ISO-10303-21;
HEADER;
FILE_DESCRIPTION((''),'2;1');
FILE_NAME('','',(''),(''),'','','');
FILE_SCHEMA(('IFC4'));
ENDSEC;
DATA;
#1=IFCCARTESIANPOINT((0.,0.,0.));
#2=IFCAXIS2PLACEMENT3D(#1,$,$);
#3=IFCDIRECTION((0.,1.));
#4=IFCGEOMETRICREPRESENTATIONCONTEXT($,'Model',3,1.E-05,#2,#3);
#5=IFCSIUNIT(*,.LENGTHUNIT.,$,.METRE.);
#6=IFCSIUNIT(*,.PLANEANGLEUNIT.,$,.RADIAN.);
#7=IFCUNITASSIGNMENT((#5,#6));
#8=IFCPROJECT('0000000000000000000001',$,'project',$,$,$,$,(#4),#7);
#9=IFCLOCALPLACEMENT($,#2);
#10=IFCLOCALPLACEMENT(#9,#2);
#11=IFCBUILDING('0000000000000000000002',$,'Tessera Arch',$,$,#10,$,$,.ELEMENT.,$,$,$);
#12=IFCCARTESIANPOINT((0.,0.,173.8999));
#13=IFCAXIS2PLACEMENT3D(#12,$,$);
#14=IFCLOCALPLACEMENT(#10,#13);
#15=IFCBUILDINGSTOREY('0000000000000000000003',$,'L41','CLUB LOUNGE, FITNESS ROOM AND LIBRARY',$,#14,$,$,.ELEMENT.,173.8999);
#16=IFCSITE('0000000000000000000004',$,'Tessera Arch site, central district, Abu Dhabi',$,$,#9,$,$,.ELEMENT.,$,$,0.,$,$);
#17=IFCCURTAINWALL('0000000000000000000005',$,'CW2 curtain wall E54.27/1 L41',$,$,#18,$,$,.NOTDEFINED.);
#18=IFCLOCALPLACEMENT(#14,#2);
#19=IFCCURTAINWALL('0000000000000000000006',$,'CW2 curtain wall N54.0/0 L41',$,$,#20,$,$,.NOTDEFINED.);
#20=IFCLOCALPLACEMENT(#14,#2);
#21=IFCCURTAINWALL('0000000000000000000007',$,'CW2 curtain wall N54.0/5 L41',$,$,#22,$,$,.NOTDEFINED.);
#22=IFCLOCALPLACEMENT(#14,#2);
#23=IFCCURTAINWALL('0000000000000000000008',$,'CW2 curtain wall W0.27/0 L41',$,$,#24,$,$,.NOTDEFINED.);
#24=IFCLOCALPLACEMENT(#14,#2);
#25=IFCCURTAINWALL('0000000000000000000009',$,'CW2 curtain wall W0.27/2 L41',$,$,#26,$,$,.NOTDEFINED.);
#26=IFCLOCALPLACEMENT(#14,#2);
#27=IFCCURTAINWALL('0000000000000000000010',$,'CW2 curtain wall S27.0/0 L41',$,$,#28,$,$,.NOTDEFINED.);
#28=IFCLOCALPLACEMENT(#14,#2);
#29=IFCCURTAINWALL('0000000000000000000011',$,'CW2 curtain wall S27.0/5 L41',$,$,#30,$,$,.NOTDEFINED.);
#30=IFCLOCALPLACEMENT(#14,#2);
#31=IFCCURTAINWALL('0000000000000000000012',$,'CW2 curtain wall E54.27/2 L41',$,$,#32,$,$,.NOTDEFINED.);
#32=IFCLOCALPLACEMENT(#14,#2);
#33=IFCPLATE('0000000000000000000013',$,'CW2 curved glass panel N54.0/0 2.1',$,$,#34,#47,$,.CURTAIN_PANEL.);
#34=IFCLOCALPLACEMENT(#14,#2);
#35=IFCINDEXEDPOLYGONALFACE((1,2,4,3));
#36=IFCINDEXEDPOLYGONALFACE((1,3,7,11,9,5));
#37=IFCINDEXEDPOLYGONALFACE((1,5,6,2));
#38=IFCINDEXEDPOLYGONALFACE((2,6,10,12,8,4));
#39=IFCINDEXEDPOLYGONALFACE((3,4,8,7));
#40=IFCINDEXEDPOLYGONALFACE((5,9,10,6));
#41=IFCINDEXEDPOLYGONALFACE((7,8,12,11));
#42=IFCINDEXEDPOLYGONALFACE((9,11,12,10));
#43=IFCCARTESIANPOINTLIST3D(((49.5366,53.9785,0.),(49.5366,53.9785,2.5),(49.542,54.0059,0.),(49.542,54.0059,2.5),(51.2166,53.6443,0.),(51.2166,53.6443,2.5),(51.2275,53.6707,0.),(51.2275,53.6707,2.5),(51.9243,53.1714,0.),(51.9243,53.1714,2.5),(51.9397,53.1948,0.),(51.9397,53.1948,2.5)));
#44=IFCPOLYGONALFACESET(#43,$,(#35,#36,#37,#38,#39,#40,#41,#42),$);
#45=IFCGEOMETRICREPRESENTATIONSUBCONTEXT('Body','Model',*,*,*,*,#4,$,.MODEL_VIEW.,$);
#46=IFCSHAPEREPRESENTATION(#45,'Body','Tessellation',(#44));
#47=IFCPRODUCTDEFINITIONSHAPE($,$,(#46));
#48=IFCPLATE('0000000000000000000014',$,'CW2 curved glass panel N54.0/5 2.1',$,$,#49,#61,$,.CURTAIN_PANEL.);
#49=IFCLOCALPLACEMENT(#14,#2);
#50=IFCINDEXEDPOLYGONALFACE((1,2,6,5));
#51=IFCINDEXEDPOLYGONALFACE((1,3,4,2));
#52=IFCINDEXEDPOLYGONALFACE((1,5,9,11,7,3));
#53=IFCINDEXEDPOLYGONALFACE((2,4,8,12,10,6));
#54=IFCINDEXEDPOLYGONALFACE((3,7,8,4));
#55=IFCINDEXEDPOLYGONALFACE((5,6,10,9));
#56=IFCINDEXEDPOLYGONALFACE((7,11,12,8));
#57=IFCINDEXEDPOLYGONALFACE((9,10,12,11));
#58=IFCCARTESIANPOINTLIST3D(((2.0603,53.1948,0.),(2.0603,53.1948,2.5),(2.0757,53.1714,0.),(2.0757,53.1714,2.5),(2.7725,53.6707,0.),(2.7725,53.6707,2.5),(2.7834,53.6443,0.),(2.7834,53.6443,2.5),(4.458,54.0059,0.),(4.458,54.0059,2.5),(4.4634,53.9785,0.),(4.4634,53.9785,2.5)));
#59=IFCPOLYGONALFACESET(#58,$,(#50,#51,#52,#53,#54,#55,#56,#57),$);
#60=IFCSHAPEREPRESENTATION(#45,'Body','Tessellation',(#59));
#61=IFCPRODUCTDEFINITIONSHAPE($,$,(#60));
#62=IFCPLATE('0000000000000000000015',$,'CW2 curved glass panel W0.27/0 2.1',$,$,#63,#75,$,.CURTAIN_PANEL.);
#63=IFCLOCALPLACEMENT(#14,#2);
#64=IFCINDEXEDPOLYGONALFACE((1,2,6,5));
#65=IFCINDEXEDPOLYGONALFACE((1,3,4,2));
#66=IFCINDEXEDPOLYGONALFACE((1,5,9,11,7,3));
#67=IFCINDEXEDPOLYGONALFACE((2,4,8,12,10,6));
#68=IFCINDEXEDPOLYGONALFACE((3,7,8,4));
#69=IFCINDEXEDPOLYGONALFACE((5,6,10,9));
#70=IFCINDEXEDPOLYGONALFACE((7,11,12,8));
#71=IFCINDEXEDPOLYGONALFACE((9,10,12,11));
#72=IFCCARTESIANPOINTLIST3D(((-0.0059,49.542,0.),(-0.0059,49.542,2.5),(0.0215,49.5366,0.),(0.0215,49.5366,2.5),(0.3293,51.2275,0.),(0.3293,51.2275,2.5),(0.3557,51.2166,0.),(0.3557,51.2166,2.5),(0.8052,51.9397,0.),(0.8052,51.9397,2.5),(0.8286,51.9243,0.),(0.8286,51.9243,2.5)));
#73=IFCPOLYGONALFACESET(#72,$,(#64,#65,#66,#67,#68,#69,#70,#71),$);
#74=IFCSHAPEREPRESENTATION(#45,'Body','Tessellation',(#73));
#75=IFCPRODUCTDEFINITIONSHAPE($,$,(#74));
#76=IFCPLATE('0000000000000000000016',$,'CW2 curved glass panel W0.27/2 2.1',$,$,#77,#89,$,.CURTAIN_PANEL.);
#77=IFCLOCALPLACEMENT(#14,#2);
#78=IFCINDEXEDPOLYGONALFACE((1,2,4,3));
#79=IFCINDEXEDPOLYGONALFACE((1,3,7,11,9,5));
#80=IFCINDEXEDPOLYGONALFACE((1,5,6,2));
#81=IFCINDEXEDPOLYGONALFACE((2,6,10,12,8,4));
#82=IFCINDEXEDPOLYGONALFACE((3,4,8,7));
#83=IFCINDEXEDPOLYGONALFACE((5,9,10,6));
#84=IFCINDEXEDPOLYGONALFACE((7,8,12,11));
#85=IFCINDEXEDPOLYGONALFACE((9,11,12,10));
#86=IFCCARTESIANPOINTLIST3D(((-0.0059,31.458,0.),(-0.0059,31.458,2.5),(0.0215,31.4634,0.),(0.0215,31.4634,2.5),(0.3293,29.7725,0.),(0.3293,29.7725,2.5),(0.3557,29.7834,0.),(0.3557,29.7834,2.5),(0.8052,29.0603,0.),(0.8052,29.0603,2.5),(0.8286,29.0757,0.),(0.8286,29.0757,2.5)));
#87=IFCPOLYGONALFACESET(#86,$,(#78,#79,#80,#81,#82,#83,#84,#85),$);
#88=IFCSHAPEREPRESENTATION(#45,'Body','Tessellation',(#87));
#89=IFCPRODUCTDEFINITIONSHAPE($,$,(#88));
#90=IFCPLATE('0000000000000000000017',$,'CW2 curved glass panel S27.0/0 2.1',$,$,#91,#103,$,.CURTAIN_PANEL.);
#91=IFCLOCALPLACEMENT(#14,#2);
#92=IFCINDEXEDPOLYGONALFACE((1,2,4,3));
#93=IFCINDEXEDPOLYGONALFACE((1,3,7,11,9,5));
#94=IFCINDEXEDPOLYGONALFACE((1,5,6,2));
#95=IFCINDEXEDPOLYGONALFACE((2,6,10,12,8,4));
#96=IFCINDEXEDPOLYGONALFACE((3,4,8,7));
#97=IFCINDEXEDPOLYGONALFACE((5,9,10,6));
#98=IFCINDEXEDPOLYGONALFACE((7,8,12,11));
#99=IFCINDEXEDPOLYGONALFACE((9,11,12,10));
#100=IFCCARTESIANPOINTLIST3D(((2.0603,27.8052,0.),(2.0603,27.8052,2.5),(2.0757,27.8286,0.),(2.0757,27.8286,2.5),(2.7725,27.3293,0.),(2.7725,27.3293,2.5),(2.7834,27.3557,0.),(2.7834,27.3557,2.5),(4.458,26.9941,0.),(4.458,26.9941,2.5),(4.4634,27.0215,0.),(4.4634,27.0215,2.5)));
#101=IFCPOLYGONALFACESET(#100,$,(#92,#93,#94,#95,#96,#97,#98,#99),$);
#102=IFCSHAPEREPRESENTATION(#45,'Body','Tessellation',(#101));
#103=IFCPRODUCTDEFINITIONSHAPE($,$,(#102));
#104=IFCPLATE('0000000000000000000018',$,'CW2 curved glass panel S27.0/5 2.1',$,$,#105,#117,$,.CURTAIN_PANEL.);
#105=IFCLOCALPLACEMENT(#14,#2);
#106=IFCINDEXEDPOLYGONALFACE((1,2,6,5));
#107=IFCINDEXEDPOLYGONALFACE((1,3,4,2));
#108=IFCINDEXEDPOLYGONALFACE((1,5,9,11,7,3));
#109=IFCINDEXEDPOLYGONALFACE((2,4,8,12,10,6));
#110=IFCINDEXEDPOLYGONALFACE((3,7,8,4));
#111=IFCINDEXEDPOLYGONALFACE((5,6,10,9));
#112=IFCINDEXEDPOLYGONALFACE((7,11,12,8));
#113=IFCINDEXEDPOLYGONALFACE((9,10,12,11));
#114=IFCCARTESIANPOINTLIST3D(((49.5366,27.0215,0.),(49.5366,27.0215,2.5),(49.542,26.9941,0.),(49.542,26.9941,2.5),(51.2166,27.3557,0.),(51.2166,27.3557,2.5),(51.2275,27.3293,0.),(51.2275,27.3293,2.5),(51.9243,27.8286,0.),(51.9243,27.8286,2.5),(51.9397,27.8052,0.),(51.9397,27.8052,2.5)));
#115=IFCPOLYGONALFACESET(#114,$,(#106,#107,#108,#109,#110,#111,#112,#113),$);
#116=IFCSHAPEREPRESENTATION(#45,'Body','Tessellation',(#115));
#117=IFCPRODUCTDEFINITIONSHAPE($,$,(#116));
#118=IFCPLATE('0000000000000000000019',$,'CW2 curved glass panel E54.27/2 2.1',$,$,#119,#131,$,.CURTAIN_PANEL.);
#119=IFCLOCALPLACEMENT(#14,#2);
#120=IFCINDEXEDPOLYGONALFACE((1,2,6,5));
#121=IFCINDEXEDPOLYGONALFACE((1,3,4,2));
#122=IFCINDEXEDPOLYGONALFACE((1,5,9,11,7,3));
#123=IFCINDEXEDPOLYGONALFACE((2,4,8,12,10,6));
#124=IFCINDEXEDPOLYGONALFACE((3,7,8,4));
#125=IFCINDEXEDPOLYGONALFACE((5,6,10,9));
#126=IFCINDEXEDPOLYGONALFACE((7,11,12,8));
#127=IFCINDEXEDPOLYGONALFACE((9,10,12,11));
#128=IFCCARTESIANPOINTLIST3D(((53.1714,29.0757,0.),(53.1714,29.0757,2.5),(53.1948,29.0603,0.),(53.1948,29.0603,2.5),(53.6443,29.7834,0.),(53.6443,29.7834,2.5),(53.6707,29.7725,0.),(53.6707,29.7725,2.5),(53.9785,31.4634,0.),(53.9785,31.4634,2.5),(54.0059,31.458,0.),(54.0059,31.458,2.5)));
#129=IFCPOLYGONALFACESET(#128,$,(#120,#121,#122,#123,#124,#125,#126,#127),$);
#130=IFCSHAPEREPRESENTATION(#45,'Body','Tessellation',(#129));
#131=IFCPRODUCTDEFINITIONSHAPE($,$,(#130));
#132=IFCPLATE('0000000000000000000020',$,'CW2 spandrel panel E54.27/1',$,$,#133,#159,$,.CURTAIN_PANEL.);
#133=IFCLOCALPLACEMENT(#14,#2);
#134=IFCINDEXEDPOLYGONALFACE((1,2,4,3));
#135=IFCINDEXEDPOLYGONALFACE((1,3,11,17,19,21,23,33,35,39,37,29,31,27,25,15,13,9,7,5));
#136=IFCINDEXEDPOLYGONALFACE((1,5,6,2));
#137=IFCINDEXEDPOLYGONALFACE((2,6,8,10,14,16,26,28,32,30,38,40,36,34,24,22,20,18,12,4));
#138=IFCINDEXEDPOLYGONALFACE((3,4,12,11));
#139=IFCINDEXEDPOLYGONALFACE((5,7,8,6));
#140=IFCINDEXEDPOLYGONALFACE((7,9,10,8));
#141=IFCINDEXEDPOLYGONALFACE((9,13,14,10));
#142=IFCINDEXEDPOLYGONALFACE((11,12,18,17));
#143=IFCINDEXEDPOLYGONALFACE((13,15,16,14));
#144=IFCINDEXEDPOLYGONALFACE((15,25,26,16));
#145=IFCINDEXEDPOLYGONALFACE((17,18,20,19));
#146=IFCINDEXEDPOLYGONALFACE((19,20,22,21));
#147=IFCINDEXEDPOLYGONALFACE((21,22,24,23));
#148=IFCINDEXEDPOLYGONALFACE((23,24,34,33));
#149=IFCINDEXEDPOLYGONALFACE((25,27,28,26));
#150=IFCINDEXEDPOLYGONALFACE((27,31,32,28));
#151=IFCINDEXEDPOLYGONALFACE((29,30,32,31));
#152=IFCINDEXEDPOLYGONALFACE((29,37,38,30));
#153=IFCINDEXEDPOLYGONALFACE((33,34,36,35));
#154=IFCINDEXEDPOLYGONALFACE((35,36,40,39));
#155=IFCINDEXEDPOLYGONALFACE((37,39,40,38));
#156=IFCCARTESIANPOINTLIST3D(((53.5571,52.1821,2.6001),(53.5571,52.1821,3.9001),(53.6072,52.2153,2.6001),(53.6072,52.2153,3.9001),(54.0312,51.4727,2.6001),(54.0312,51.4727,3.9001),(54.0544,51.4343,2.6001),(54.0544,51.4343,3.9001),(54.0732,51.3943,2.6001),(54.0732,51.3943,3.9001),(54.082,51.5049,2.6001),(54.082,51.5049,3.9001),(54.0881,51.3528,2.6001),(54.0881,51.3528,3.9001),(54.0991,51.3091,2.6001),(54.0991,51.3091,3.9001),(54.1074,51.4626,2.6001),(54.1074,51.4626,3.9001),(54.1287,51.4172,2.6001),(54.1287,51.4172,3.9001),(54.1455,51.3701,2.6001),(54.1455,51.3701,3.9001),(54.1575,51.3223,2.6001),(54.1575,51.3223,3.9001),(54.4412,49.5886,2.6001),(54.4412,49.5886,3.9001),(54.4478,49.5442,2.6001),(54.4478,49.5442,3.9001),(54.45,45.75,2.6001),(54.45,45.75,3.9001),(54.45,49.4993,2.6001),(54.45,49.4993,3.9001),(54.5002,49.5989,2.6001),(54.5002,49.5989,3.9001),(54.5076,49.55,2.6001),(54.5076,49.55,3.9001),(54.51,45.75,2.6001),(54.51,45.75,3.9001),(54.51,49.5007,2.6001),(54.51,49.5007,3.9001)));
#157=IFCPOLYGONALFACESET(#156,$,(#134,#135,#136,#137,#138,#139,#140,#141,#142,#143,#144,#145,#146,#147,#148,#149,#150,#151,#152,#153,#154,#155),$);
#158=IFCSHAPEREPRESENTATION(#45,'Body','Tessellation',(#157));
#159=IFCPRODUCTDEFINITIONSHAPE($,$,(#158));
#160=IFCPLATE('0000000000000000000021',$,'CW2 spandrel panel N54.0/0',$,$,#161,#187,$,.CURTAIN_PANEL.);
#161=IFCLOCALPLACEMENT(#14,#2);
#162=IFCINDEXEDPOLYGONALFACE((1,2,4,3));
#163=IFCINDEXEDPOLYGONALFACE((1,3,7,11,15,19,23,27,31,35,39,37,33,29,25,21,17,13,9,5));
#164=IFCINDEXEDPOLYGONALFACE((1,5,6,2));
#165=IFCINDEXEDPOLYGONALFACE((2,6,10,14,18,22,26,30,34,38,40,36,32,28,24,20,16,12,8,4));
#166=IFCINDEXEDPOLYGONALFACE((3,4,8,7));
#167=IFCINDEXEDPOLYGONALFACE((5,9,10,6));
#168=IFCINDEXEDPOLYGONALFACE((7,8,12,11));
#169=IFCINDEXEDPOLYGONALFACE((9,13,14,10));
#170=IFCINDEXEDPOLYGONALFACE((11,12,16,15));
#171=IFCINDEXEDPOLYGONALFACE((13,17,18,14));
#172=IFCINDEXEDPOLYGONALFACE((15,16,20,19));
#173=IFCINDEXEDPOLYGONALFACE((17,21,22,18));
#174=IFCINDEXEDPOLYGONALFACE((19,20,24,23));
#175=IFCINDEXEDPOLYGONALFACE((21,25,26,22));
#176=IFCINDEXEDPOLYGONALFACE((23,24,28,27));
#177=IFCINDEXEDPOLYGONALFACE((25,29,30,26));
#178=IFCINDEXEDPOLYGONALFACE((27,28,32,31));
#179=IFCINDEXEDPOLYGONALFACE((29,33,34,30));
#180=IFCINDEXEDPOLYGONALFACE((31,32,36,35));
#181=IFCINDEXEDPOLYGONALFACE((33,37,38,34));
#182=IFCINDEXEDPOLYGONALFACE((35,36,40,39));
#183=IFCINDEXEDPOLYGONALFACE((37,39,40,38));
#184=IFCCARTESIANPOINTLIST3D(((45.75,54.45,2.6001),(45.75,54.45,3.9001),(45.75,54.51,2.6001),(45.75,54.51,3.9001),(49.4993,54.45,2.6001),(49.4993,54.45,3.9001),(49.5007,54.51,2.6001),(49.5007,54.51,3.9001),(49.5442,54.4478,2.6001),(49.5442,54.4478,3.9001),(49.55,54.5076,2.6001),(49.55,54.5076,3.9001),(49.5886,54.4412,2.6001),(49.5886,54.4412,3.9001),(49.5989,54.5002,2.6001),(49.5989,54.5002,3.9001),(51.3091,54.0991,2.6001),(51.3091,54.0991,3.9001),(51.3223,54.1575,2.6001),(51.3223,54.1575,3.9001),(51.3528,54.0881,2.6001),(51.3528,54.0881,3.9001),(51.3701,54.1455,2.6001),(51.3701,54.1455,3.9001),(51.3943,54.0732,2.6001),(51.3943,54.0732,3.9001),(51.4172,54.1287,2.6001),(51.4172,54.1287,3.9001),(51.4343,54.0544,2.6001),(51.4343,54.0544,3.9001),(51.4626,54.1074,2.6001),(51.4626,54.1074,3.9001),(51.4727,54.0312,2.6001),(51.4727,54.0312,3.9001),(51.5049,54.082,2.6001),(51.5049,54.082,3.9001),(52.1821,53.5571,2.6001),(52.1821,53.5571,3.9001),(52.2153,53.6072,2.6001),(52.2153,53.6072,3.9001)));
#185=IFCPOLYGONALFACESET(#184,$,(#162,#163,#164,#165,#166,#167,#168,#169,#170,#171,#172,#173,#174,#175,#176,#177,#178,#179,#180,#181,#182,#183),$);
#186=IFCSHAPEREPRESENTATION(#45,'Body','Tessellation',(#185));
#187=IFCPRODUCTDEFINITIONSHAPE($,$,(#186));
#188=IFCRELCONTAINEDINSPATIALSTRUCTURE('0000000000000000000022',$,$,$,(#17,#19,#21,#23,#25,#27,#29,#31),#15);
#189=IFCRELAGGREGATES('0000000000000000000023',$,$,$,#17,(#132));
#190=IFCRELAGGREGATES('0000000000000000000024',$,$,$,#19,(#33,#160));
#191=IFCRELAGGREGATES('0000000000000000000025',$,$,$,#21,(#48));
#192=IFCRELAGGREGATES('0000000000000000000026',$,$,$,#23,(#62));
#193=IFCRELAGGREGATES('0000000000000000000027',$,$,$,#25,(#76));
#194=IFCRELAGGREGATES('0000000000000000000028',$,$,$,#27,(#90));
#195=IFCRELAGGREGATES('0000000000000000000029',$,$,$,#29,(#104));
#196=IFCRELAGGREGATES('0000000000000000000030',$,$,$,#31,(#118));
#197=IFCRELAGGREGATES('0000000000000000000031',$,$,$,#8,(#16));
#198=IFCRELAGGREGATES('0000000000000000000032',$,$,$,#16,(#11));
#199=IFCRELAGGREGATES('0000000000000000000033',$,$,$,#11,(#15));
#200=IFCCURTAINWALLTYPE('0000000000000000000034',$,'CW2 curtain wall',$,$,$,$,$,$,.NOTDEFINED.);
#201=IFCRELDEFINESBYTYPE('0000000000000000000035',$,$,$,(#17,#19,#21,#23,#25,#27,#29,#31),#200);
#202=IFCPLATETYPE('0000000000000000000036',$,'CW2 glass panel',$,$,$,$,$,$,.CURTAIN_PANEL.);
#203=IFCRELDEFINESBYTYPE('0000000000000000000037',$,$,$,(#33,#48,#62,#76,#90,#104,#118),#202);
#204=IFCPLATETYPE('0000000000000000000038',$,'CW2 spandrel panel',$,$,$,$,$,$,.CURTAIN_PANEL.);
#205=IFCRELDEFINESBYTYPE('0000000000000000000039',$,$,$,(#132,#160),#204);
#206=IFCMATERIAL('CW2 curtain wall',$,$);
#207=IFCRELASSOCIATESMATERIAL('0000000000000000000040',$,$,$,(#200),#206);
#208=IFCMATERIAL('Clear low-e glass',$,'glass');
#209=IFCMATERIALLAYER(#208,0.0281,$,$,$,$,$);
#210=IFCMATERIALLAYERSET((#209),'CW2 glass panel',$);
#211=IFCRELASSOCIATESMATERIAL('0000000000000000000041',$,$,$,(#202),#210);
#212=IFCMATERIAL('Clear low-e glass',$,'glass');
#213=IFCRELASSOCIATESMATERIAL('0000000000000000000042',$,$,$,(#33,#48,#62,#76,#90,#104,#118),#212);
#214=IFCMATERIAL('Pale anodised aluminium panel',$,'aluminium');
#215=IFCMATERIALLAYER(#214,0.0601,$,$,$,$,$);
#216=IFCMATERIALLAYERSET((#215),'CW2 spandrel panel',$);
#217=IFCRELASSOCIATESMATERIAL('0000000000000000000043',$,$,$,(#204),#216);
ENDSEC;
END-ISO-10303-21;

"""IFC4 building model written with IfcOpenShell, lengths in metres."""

from ifc_helpers import new_model, si_unit, direction, frame, origin, place, context, subcontext, project, spatial, polyline, outline, extrude, material, layer, layer_set, type_object, element, aggregate, save


model = new_model("IFC4")

# Units and contexts
model_context = context("Model", 3, precision=1e-05, world=origin(), true_north=direction((0.0, 1.0)))
body_context = subcontext(model_context, "Body", "Model", "MODEL_VIEW")
ifc_project = project(units=[si_unit("LENGTHUNIT", "METRE"), si_unit("PLANEANGLEUNIT", "RADIAN")], contexts=[model_context])

# Site, building, storey
site_placement = place(None, origin())
site = spatial("IfcSite", under=ifc_project, at=site_placement, Name="Tessera Arch site, central district, Abu Dhabi", CompositionType="ELEMENT", RefElevation=0.0)
building_placement = place(site_placement, origin())
building = spatial("IfcBuilding", under=site, at=building_placement, Name="Tessera Arch", CompositionType="ELEMENT")
storey_placement = place(building_placement, frame((0.0, 0.0, 173.8999)))
storey = spatial("IfcBuildingStorey", under=building, at=storey_placement, Name="L41", Description="CLUB LOUNGE, FITNESS ROOM AND LIBRARY", CompositionType="ELEMENT", Elevation=173.8999)

# Curtain walls
ifc_material_1 = material(Name="CW2 curtain wall")
curtain_wall_type_1 = type_object("IfcCurtainWallType", Name="CW2 curtain wall", PredefinedType="NOTDEFINED", material=ifc_material_1)
curtain_wall_1_placement = place(storey_placement, origin())
curtain_wall_1 = element("IfcCurtainWall", 1, at=curtain_wall_1_placement, inside=storey, type_object=curtain_wall_type_1, Name="CW2 curtain wall E54.27/1 L41", PredefinedType="NOTDEFINED")
curtain_wall_2_placement = place(storey_placement, origin())
curtain_wall_2 = element("IfcCurtainWall", 2, at=curtain_wall_2_placement, inside=storey, type_object=curtain_wall_type_1, Name="CW2 curtain wall N54.0/0 L41", PredefinedType="NOTDEFINED")
curtain_wall_3_placement = place(storey_placement, origin())
curtain_wall_3 = element("IfcCurtainWall", 3, at=curtain_wall_3_placement, inside=storey, type_object=curtain_wall_type_1, Name="CW2 curtain wall N54.0/5 L41", PredefinedType="NOTDEFINED")
curtain_wall_4_placement = place(storey_placement, origin())
curtain_wall_4 = element("IfcCurtainWall", 4, at=curtain_wall_4_placement, inside=storey, type_object=curtain_wall_type_1, Name="CW2 curtain wall W0.27/0 L41", PredefinedType="NOTDEFINED")
curtain_wall_5_placement = place(storey_placement, origin())
curtain_wall_5 = element("IfcCurtainWall", 5, at=curtain_wall_5_placement, inside=storey, type_object=curtain_wall_type_1, Name="CW2 curtain wall W0.27/2 L41", PredefinedType="NOTDEFINED")
curtain_wall_6_placement = place(storey_placement, origin())
curtain_wall_6 = element("IfcCurtainWall", 6, at=curtain_wall_6_placement, inside=storey, type_object=curtain_wall_type_1, Name="CW2 curtain wall S27.0/0 L41", PredefinedType="NOTDEFINED")
curtain_wall_7_placement = place(storey_placement, origin())
curtain_wall_7 = element("IfcCurtainWall", 7, at=curtain_wall_7_placement, inside=storey, type_object=curtain_wall_type_1, Name="CW2 curtain wall S27.0/5 L41", PredefinedType="NOTDEFINED")
curtain_wall_8_placement = place(storey_placement, origin())
curtain_wall_8 = element("IfcCurtainWall", 8, at=curtain_wall_8_placement, inside=storey, type_object=curtain_wall_type_1, Name="CW2 curtain wall E54.27/2 L41", PredefinedType="NOTDEFINED")

# Plates
ifc_material_2 = material(Name="Clear low-e glass", Category="glass")
ifc_material_3 = material(Name="Clear low-e glass", Category="glass")
ifc_layer_1 = layer(ifc_material_3, 0.0281)
ifc_layer_set_1 = layer_set([ifc_layer_1], Name="CW2 glass panel")
plate_type_1 = type_object("IfcPlateType", Name="CW2 glass panel", PredefinedType="CURTAIN_PANEL", material=ifc_layer_set_1)
plate_1_placement = place(storey_placement, origin())
plate_1 = element("IfcPlate", 9, at=plate_1_placement, type_object=plate_type_1, material=ifc_material_2, Name="CW2 curved glass panel N54.0/0 2.1", PredefinedType="CURTAIN_PANEL", context=body_context, shape_type="SweptSolid", body=[
    extrude(outline(polyline([(51.2166, 53.6443), (51.9243, 53.1714), (51.9397, 53.1948), (51.2275, 53.6707), (49.542, 54.0059), (49.5366, 53.9785), (51.2166, 53.6443)])), origin(), (0.0, 0.0, 1.0), 2.5),
])
plate_2_placement = place(storey_placement, origin())
plate_2 = element("IfcPlate", 10, at=plate_2_placement, type_object=plate_type_1, material=ifc_material_2, Name="CW2 curved glass panel N54.0/5 2.1", PredefinedType="CURTAIN_PANEL", context=body_context, shape_type="SweptSolid", body=[
    extrude(outline(polyline([(2.7834, 53.6443), (4.4634, 53.9785), (4.458, 54.0059), (2.7725, 53.6707), (2.0603, 53.1948), (2.0757, 53.1714), (2.7834, 53.6443)])), origin(), (0.0, 0.0, 1.0), 2.5),
])
plate_3_placement = place(storey_placement, origin())
plate_3 = element("IfcPlate", 11, at=plate_3_placement, type_object=plate_type_1, material=ifc_material_2, Name="CW2 curved glass panel W0.27/0 2.1", PredefinedType="CURTAIN_PANEL", context=body_context, shape_type="SweptSolid", body=[
    extrude(outline(polyline([(0.3557, 51.2166), (0.8286, 51.9243), (0.8052, 51.9397), (0.3293, 51.2275), (-0.0059, 49.542), (0.0215, 49.5366), (0.3557, 51.2166)])), origin(), (0.0, 0.0, 1.0), 2.5),
])
plate_4_placement = place(storey_placement, origin())
plate_4 = element("IfcPlate", 12, at=plate_4_placement, type_object=plate_type_1, material=ifc_material_2, Name="CW2 curved glass panel W0.27/2 2.1", PredefinedType="CURTAIN_PANEL", context=body_context, shape_type="SweptSolid", body=[
    extrude(outline(polyline([(0.3557, 29.7834), (0.0215, 31.4634), (-0.0059, 31.458), (0.3293, 29.7725), (0.8052, 29.0603), (0.8286, 29.0757), (0.3557, 29.7834)])), origin(), (0.0, 0.0, 1.0), 2.5),
])
plate_5_placement = place(storey_placement, origin())
plate_5 = element("IfcPlate", 13, at=plate_5_placement, type_object=plate_type_1, material=ifc_material_2, Name="CW2 curved glass panel S27.0/0 2.1", PredefinedType="CURTAIN_PANEL", context=body_context, shape_type="SweptSolid", body=[
    extrude(outline(polyline([(2.7834, 27.3557), (2.0757, 27.8286), (2.0603, 27.8052), (2.7725, 27.3293), (4.458, 26.9941), (4.4634, 27.0215), (2.7834, 27.3557)])), origin(), (0.0, 0.0, 1.0), 2.5),
])
plate_6_placement = place(storey_placement, origin())
plate_6 = element("IfcPlate", 14, at=plate_6_placement, type_object=plate_type_1, material=ifc_material_2, Name="CW2 curved glass panel S27.0/5 2.1", PredefinedType="CURTAIN_PANEL", context=body_context, shape_type="SweptSolid", body=[
    extrude(outline(polyline([(51.2166, 27.3557), (49.5366, 27.0215), (49.542, 26.9941), (51.2275, 27.3293), (51.9397, 27.8052), (51.9243, 27.8286), (51.2166, 27.3557)])), origin(), (0.0, 0.0, 1.0), 2.5),
])
plate_7_placement = place(storey_placement, origin())
plate_7 = element("IfcPlate", 15, at=plate_7_placement, type_object=plate_type_1, material=ifc_material_2, Name="CW2 curved glass panel E54.27/2 2.1", PredefinedType="CURTAIN_PANEL", context=body_context, shape_type="SweptSolid", body=[
    extrude(outline(polyline([(53.6443, 29.7834), (53.1714, 29.0757), (53.1948, 29.0603), (53.6707, 29.7725), (54.0059, 31.458), (53.9785, 31.4634), (53.6443, 29.7834)])), origin(), (0.0, 0.0, 1.0), 2.5),
])
ifc_material_4 = material(Name="Pale anodised aluminium panel", Category="aluminium")
ifc_layer_2 = layer(ifc_material_4, 0.0601)
ifc_layer_set_2 = layer_set([ifc_layer_2], Name="CW2 spandrel panel")
plate_type_2 = type_object("IfcPlateType", Name="CW2 spandrel panel", PredefinedType="CURTAIN_PANEL", material=ifc_layer_set_2)
plate_8_placement = place(storey_placement, frame((0.0, 0.0, 2.6001)))
plate_8 = element("IfcPlate", 16, at=plate_8_placement, type_object=plate_type_2, Name="CW2 spandrel panel E54.27/1", PredefinedType="CURTAIN_PANEL", context=body_context, shape_type="SweptSolid", body=[
    extrude(outline(polyline([(54.45, 49.4993), (54.45, 45.75), (54.51, 45.75), (54.51, 49.5007), (54.5076, 49.55), (54.5002, 49.5989), (54.1575, 51.3223), (54.1455, 51.3701), (54.1287, 51.4172), (54.1074, 51.4626), (54.082, 51.5049), (53.6072, 52.2153), (53.5571, 52.1821), (54.0312, 51.4727), (54.0544, 51.4343), (54.0732, 51.3943), (54.0881, 51.3528), (54.0991, 51.3091), (54.4412, 49.5886), (54.4478, 49.5442), (54.45, 49.4993)])), origin(), (0.0, 0.0, 1.0), 1.3),
])
aggregate(curtain_wall_1, [plate_8])
plate_9_placement = place(storey_placement, frame((0.0, 0.0, 2.6001)))
plate_9 = element("IfcPlate", 17, at=plate_9_placement, type_object=plate_type_2, Name="CW2 spandrel panel N54.0/0", PredefinedType="CURTAIN_PANEL", context=body_context, shape_type="SweptSolid", body=[
    extrude(outline(polyline([(51.4727, 54.0312), (52.1821, 53.5571), (52.2153, 53.6072), (51.5049, 54.082), (51.4626, 54.1074), (51.4172, 54.1287), (51.3701, 54.1455), (51.3223, 54.1575), (49.5989, 54.5002), (49.55, 54.5076), (49.5007, 54.51), (45.75, 54.51), (45.75, 54.45), (49.4993, 54.45), (49.5442, 54.4478), (49.5886, 54.4412), (51.3091, 54.0991), (51.3528, 54.0881), (51.3943, 54.0732), (51.4343, 54.0544), (51.4727, 54.0312)])), origin(), (0.0, 0.0, 1.0), 1.3),
])
aggregate(curtain_wall_2, [plate_1, plate_9])
aggregate(curtain_wall_3, [plate_2])
aggregate(curtain_wall_4, [plate_3])
aggregate(curtain_wall_5, [plate_4])
aggregate(curtain_wall_6, [plate_5])
aggregate(curtain_wall_7, [plate_6])
aggregate(curtain_wall_8, [plate_7])

save(model, "model.ifc")
